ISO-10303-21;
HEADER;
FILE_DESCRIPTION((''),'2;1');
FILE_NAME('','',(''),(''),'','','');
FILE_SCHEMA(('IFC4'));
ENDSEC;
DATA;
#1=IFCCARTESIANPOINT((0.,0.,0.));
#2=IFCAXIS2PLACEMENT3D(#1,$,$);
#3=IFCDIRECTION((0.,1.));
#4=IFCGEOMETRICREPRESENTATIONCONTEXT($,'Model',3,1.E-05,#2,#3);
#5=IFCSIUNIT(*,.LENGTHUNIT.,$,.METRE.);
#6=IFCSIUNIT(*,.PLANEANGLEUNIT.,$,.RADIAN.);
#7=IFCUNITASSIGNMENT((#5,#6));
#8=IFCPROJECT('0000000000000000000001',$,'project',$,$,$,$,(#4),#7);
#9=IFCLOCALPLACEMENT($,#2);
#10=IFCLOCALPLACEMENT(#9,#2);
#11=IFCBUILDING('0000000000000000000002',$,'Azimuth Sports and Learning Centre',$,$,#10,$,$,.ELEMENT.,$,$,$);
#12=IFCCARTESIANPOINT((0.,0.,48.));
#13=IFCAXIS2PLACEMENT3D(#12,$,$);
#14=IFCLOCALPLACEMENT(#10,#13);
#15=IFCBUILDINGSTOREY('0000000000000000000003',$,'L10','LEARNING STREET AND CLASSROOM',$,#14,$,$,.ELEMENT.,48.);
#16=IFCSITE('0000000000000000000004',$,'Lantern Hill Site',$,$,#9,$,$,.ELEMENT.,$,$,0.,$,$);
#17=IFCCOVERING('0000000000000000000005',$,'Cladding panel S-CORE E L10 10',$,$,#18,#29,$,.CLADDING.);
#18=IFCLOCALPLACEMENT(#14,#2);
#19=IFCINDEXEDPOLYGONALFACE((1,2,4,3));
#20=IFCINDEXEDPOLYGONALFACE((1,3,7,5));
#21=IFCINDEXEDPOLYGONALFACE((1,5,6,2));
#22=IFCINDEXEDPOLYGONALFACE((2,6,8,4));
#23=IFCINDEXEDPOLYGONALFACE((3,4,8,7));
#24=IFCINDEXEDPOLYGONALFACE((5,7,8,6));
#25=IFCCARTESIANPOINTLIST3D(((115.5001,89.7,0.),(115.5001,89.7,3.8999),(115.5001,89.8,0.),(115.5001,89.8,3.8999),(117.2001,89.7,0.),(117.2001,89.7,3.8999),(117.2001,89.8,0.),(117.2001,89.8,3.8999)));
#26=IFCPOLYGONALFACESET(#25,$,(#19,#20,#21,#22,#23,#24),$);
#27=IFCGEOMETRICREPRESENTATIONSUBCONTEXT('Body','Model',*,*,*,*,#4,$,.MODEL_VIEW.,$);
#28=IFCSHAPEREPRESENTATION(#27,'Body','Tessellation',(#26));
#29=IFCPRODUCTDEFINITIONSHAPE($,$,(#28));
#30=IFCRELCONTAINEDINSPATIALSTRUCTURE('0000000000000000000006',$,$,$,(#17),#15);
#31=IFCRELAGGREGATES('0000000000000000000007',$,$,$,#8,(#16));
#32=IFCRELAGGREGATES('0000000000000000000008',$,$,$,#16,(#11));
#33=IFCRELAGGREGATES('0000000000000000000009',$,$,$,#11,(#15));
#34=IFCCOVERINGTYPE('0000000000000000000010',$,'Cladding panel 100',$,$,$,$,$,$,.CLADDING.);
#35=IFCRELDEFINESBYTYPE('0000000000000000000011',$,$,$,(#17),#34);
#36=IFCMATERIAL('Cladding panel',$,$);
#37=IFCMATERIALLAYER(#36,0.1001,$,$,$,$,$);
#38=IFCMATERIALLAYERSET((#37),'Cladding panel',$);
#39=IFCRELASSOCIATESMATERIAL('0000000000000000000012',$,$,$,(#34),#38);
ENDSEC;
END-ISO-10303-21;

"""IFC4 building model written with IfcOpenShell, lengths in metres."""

from ifc_helpers import new_model, si_unit, direction, frame, origin, origin_2d, place, context, subcontext, project, spatial, rectangle, extrude, material, layer, layer_set, type_object, element, save


model = new_model("IFC4")

# Units and contexts
model_context = context("Model", 3, precision=1e-05, world=origin(), true_north=direction((0.0, 1.0)))
body_context = subcontext(model_context, "Body", "Model", "MODEL_VIEW")
ifc_project = project(units=[si_unit("LENGTHUNIT", "METRE"), si_unit("PLANEANGLEUNIT", "RADIAN")], contexts=[model_context])

# Site, building, storey
site_placement = place(None, origin())
site = spatial("IfcSite", under=ifc_project, at=site_placement, Name="Lantern Hill Site", CompositionType="ELEMENT", RefElevation=0.0)
building_placement = place(site_placement, origin())
building = spatial("IfcBuilding", under=site, at=building_placement, Name="Azimuth Sports and Learning Centre", CompositionType="ELEMENT")
storey_placement = place(building_placement, frame((0.0, 0.0, 48.0)))
storey = spatial("IfcBuildingStorey", under=building, at=storey_placement, Name="L10", Description="LEARNING STREET AND CLASSROOM", CompositionType="ELEMENT", Elevation=48.0)

# Covering
ifc_material_1 = material(Name="Cladding panel")
ifc_layer_1 = layer(ifc_material_1, 0.1001)
ifc_layer_set_1 = layer_set([ifc_layer_1], Name="Cladding panel")
covering_type = type_object("IfcCoveringType", Name="Cladding panel 100", PredefinedType="CLADDING", material=ifc_layer_set_1)
covering_1_placement = place(storey_placement, frame((116.3501, 89.75, 0.0), z_axis=(0.0, 0.0, 1.0), x_axis=(1.0, 0.0, 0.0)))
element("IfcCovering", 1, at=covering_1_placement, inside=storey, type_object=covering_type, Name="Cladding panel S-CORE E L10 10", PredefinedType="CLADDING", context=body_context, shape_type="SweptSolid", body=[
    extrude(rectangle(XDim=1.7, YDim=0.1001, at=origin_2d()), origin(), (0.0, 0.0, 1.0), 3.8999),
])

save(model, "model.ifc")
